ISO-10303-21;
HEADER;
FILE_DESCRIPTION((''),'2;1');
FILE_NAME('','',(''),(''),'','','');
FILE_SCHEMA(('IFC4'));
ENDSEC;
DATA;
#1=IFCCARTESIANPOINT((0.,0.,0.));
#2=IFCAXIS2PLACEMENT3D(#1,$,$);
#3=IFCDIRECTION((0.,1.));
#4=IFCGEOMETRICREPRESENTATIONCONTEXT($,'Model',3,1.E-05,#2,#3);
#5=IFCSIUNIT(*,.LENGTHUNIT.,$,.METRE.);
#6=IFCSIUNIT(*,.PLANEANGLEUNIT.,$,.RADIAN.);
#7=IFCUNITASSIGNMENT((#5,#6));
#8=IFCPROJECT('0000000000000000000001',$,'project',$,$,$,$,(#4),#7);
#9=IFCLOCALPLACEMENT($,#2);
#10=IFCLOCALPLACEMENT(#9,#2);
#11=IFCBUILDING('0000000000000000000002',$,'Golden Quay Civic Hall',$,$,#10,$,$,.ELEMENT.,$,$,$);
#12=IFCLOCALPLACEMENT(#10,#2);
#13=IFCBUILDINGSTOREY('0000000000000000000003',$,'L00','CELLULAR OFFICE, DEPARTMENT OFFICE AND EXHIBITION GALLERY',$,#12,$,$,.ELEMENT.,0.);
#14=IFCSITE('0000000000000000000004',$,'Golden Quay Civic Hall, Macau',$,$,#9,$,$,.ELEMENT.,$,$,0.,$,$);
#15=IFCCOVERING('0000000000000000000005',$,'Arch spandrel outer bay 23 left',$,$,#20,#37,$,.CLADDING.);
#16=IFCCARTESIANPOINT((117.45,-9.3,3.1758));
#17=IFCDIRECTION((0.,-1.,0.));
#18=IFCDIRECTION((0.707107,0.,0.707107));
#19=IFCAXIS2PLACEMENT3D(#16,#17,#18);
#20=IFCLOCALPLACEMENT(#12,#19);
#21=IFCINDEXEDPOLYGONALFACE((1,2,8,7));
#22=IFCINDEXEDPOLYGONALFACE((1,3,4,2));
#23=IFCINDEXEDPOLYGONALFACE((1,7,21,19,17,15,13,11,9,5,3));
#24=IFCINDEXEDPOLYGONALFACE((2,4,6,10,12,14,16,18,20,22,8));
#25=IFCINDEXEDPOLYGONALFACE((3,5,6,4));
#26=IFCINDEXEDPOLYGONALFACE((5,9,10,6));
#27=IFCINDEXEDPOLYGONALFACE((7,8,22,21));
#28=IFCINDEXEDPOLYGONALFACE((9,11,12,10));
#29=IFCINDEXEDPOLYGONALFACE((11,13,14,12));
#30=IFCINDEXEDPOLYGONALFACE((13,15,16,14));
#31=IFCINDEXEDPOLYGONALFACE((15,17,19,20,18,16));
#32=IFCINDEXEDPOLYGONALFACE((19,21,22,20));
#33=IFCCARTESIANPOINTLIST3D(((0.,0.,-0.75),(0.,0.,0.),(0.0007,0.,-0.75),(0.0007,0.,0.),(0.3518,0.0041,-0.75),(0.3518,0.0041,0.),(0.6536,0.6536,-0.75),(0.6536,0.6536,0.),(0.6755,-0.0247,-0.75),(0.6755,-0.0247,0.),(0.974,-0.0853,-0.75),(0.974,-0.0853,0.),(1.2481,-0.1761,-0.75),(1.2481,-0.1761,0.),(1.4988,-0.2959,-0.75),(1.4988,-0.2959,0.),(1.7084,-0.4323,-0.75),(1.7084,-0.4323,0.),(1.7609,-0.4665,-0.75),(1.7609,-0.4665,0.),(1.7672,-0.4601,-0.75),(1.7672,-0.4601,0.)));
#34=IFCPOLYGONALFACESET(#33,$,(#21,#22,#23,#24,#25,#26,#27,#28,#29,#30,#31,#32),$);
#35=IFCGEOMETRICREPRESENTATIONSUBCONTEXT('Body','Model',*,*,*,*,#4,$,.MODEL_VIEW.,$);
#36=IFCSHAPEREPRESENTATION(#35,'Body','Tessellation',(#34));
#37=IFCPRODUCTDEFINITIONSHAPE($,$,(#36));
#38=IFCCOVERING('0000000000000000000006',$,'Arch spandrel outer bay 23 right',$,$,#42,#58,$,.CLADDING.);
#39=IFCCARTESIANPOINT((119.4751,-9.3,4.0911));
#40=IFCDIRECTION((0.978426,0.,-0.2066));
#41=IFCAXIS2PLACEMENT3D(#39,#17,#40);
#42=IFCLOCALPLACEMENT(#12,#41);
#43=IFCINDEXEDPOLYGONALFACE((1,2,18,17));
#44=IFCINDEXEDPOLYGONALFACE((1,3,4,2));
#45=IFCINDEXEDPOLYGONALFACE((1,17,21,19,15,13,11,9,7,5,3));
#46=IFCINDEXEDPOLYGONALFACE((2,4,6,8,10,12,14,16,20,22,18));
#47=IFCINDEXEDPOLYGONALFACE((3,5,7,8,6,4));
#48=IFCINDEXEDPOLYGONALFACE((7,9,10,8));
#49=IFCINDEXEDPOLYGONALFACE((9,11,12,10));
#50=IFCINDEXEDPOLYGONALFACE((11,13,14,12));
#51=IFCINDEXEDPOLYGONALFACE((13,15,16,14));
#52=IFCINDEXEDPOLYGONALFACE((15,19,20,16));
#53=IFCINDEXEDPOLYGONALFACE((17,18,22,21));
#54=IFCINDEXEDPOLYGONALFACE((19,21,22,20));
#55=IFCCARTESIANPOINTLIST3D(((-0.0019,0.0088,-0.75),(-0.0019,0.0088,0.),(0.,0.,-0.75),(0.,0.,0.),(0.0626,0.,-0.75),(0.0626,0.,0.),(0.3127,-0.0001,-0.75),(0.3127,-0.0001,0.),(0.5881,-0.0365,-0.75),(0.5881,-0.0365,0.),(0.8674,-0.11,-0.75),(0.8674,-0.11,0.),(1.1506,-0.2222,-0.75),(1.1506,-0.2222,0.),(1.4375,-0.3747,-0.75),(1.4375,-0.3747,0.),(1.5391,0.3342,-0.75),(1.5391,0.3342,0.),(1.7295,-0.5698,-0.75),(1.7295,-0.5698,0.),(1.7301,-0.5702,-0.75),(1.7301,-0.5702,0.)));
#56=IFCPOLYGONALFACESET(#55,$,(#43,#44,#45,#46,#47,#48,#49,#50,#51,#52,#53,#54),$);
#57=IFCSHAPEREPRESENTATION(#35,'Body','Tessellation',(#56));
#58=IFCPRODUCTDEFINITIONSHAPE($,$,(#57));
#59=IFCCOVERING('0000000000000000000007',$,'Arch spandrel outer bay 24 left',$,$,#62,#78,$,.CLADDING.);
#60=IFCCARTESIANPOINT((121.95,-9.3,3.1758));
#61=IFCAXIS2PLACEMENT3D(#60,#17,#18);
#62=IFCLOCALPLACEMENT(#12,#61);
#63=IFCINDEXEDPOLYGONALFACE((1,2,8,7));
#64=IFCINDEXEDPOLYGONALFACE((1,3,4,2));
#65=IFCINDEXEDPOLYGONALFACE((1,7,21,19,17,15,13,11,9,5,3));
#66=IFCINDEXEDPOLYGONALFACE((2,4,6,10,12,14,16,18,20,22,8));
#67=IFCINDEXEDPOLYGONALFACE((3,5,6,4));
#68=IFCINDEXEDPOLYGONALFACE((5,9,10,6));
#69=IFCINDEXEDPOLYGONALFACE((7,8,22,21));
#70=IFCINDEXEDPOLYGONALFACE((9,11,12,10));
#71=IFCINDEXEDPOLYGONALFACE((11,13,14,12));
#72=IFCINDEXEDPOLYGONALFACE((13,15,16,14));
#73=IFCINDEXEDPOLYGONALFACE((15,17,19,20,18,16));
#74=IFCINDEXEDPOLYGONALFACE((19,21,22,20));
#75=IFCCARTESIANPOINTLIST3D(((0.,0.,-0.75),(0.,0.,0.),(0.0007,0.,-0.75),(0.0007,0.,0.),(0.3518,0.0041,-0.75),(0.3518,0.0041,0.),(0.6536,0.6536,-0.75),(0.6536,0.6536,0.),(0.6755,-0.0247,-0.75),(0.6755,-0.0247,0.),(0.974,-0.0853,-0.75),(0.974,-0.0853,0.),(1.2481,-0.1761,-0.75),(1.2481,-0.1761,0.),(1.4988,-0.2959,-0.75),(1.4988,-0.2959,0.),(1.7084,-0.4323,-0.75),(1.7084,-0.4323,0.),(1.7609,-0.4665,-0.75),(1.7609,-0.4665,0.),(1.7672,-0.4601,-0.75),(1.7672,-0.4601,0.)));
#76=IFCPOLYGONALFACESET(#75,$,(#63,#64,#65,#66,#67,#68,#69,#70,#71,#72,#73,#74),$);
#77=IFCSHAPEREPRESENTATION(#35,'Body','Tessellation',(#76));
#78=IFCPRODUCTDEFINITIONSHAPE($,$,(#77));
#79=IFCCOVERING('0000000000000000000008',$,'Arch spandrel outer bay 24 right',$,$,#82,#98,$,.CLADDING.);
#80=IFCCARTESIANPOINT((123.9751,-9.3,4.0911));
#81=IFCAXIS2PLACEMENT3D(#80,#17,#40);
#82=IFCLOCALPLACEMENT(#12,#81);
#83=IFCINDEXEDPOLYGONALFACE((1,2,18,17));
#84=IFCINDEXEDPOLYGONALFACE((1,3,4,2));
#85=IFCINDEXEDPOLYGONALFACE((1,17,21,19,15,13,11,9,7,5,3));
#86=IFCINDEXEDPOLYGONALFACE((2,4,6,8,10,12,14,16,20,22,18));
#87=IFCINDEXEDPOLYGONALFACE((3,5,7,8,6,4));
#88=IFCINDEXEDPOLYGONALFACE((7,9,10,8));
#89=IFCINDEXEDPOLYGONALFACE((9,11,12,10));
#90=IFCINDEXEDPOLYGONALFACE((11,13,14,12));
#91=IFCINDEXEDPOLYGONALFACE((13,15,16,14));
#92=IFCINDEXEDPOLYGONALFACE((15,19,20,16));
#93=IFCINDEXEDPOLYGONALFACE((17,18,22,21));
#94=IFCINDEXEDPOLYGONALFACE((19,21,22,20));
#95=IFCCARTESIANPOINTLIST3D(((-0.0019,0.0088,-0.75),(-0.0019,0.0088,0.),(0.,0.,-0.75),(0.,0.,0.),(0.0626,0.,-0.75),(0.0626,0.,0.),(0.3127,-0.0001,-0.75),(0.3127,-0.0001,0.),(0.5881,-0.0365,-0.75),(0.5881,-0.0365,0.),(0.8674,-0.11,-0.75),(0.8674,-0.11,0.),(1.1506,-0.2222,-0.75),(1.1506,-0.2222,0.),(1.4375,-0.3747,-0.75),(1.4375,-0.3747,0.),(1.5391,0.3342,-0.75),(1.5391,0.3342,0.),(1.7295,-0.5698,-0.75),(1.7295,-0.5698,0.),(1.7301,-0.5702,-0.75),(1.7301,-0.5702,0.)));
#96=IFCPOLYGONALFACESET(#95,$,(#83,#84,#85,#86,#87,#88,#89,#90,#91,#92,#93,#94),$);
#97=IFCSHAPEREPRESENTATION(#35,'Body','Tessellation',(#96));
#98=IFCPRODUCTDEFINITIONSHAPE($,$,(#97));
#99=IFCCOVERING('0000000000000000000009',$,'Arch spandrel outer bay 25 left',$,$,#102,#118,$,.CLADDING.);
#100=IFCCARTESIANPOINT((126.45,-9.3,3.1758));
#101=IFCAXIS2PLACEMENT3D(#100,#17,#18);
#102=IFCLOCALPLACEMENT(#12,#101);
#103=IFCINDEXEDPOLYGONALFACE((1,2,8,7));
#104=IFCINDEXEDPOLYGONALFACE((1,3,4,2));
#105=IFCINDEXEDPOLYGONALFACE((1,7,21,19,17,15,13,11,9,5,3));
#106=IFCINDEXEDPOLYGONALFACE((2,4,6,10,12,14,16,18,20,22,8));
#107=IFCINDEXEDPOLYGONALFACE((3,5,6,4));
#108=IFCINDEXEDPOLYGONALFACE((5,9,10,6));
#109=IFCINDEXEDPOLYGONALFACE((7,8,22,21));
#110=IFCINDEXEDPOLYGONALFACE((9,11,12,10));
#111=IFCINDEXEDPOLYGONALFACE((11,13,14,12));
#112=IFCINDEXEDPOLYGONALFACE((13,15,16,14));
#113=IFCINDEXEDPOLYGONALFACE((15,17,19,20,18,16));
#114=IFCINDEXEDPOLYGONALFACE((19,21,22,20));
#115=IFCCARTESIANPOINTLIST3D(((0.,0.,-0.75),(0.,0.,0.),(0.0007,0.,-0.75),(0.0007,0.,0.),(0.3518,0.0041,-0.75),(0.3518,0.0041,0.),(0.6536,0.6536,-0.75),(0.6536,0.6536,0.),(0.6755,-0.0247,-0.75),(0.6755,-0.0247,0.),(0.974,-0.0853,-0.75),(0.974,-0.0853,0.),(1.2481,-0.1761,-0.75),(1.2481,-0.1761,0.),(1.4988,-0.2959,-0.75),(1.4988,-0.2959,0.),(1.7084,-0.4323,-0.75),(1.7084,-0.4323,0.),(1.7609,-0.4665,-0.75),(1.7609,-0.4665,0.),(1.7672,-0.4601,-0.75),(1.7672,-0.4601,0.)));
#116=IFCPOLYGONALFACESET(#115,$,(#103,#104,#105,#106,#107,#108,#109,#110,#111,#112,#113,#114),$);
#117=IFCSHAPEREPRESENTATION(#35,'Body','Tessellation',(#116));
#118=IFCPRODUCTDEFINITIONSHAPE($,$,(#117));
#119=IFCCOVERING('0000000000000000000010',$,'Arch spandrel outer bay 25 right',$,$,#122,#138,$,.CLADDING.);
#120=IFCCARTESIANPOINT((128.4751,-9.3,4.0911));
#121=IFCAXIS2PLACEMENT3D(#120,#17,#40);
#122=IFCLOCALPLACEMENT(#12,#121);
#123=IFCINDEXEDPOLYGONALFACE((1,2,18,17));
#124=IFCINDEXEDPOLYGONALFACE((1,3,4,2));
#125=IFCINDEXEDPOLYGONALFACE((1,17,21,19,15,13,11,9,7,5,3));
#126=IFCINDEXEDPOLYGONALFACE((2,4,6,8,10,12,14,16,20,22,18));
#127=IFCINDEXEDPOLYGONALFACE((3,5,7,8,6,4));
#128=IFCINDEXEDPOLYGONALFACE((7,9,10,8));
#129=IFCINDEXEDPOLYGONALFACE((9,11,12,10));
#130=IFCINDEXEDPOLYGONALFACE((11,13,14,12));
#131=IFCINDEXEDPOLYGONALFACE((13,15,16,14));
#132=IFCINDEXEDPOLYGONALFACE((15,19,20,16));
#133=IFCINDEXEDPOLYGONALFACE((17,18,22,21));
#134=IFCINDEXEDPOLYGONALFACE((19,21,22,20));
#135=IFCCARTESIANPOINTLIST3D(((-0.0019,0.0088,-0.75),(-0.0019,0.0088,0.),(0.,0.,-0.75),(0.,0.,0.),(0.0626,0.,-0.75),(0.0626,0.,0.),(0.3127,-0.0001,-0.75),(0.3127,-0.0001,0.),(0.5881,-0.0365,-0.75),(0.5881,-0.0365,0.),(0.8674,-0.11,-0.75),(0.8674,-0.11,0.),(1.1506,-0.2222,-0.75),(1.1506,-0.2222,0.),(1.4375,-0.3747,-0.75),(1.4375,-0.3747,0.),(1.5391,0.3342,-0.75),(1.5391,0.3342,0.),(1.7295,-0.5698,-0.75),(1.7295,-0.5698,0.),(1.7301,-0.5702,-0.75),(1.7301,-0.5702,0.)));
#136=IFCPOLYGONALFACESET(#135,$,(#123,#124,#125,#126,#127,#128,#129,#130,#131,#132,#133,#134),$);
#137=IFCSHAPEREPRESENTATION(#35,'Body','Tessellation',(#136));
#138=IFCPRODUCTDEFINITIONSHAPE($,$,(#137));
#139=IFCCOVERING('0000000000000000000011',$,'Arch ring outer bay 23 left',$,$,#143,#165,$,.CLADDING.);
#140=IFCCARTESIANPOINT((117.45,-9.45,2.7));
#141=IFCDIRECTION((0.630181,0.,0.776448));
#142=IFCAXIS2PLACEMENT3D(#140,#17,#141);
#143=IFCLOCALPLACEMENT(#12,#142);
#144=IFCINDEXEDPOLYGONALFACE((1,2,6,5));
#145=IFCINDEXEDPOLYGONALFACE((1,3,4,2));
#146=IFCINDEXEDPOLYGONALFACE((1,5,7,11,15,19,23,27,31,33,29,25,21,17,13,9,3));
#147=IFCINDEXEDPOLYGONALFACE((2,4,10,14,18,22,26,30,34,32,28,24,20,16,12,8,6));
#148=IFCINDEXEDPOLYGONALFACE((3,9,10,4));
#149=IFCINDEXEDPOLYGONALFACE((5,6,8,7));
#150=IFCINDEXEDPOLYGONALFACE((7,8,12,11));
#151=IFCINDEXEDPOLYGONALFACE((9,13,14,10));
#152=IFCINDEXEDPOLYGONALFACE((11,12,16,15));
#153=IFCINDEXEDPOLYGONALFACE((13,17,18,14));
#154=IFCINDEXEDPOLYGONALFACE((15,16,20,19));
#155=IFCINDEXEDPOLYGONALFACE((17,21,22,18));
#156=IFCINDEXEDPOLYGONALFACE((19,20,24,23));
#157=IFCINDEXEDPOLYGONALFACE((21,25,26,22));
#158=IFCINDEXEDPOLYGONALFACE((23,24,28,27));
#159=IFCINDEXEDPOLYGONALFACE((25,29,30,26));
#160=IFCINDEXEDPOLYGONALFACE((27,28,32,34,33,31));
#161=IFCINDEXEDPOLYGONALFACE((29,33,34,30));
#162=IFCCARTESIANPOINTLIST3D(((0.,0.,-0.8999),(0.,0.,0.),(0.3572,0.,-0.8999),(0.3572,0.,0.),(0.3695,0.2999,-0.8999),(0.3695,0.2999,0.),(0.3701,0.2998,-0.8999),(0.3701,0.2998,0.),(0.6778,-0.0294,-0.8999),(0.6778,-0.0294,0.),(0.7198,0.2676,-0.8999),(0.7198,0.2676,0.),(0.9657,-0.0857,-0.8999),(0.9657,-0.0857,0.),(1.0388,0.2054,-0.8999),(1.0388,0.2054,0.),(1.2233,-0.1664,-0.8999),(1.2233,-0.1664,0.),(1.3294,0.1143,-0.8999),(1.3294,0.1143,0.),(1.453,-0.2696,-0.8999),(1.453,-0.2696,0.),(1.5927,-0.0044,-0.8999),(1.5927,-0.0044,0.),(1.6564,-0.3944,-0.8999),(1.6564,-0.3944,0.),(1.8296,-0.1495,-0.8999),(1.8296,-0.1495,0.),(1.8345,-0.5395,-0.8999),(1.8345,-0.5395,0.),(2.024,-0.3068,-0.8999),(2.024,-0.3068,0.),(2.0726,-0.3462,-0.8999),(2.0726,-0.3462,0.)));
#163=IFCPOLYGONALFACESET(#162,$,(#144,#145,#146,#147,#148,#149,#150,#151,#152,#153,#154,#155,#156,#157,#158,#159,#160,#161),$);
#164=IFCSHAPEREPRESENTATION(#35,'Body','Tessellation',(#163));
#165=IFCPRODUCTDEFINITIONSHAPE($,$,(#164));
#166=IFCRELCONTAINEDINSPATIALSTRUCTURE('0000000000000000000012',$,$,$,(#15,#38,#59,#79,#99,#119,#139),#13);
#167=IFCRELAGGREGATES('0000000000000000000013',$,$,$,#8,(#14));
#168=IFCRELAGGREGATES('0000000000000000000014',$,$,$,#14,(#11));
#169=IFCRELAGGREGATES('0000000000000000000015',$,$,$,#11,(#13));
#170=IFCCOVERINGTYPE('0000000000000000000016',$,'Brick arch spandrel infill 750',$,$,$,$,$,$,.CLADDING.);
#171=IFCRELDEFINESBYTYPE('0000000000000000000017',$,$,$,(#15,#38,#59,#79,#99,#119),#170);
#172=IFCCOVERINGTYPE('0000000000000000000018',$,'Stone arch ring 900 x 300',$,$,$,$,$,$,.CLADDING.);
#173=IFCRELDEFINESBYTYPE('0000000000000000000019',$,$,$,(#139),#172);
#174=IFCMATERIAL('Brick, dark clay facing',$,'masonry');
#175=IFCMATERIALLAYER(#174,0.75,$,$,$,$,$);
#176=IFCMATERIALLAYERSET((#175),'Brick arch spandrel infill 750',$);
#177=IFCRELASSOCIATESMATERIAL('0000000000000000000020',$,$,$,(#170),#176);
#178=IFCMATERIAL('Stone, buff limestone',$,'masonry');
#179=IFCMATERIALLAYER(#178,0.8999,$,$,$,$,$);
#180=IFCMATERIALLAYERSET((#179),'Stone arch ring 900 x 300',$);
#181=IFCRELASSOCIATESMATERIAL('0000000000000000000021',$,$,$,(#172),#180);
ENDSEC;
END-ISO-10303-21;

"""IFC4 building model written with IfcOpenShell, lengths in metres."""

from ifc_helpers import new_model, si_unit, direction, frame, origin, place, context, subcontext, project, spatial, polyline, outline, extrude, material, layer, layer_set, type_object, element, save


model = new_model("IFC4")

# Units and contexts
model_context = context("Model", 3, precision=1e-05, world=origin(), true_north=direction((0.0, 1.0)))
body_context = subcontext(model_context, "Body", "Model", "MODEL_VIEW")
ifc_project = project(units=[si_unit("LENGTHUNIT", "METRE"), si_unit("PLANEANGLEUNIT", "RADIAN")], contexts=[model_context])

# Site, building, storey
site_placement = place(None, origin())
site = spatial("IfcSite", under=ifc_project, at=site_placement, Name="Golden Quay Civic Hall, Macau", CompositionType="ELEMENT", RefElevation=0.0)
building_placement = place(site_placement, origin())
building = spatial("IfcBuilding", under=site, at=building_placement, Name="Golden Quay Civic Hall", CompositionType="ELEMENT")
storey_placement = place(building_placement, origin())
storey = spatial("IfcBuildingStorey", under=building, at=storey_placement, Name="L00", Description="CELLULAR OFFICE, DEPARTMENT OFFICE AND EXHIBITION GALLERY", CompositionType="ELEMENT", Elevation=0.0)

# Coverings
ifc_material_1 = material(Name="Brick, dark clay facing", Category="masonry")
ifc_layer_1 = layer(ifc_material_1, 0.75)
ifc_layer_set_1 = layer_set([ifc_layer_1], Name="Brick arch spandrel infill 750")
covering_type_1 = type_object("IfcCoveringType", Name="Brick arch spandrel infill 750", PredefinedType="CLADDING", material=ifc_layer_set_1)
covering_1_placement = place(storey_placement, frame((117.45, -9.3, 3.1758), z_axis=(0.0, -1.0, 0.0), x_axis=(0.707107, 0.0, 0.707107)))
element("IfcCovering", 1, at=covering_1_placement, inside=storey, type_object=covering_type_1, Name="Arch spandrel outer bay 23 left", PredefinedType="CLADDING", context=body_context, shape_type="SweptSolid", body=[
    extrude(outline(polyline([(0.0, 0.0), (0.0007, 0.0), (0.3518, 0.0041), (0.6755, -0.0247), (0.974, -0.0853), (1.2481, -0.1761), (1.4988, -0.2959), (1.7084, -0.4323), (1.7609, -0.4665), (1.7672, -0.4601), (0.6536, 0.6536), (0.0, 0.0)])), origin(), (0.0, 0.0, -1.0), 0.75),
])
covering_2_placement = place(storey_placement, frame((119.4751, -9.3, 4.0911), z_axis=(0.0, -1.0, 0.0), x_axis=(0.978426, 0.0, -0.2066)))
element("IfcCovering", 2, at=covering_2_placement, inside=storey, type_object=covering_type_1, Name="Arch spandrel outer bay 23 right", PredefinedType="CLADDING", context=body_context, shape_type="SweptSolid", body=[
    extrude(outline(polyline([(0.0, 0.0), (0.0626, 0.0), (0.3127, -0.0001), (0.5881, -0.0365), (0.8674, -0.11), (1.1506, -0.2222), (1.4375, -0.3747), (1.7295, -0.5698), (1.7301, -0.5702), (1.5391, 0.3342), (-0.0019, 0.0088), (0.0, 0.0)])), origin(), (0.0, 0.0, -1.0), 0.75),
])
covering_3_placement = place(storey_placement, frame((121.95, -9.3, 3.1758), z_axis=(0.0, -1.0, 0.0), x_axis=(0.707107, 0.0, 0.707107)))
element("IfcCovering", 3, at=covering_3_placement, inside=storey, type_object=covering_type_1, Name="Arch spandrel outer bay 24 left", PredefinedType="CLADDING", context=body_context, shape_type="SweptSolid", body=[
    extrude(outline(polyline([(0.0, 0.0), (0.0007, 0.0), (0.3518, 0.0041), (0.6755, -0.0247), (0.974, -0.0853), (1.2481, -0.1761), (1.4988, -0.2959), (1.7084, -0.4323), (1.7609, -0.4665), (1.7672, -0.4601), (0.6536, 0.6536), (0.0, 0.0)])), origin(), (0.0, 0.0, -1.0), 0.75),
])
covering_4_placement = place(storey_placement, frame((123.9751, -9.3, 4.0911), z_axis=(0.0, -1.0, 0.0), x_axis=(0.978426, 0.0, -0.2066)))
element("IfcCovering", 4, at=covering_4_placement, inside=storey, type_object=covering_type_1, Name="Arch spandrel outer bay 24 right", PredefinedType="CLADDING", context=body_context, shape_type="SweptSolid", body=[
    extrude(outline(polyline([(0.0, 0.0), (0.0626, 0.0), (0.3127, -0.0001), (0.5881, -0.0365), (0.8674, -0.11), (1.1506, -0.2222), (1.4375, -0.3747), (1.7295, -0.5698), (1.7301, -0.5702), (1.5391, 0.3342), (-0.0019, 0.0088), (0.0, 0.0)])), origin(), (0.0, 0.0, -1.0), 0.75),
])
covering_5_placement = place(storey_placement, frame((126.45, -9.3, 3.1758), z_axis=(0.0, -1.0, 0.0), x_axis=(0.707107, 0.0, 0.707107)))
element("IfcCovering", 5, at=covering_5_placement, inside=storey, type_object=covering_type_1, Name="Arch spandrel outer bay 25 left", PredefinedType="CLADDING", context=body_context, shape_type="SweptSolid", body=[
    extrude(outline(polyline([(0.0, 0.0), (0.0007, 0.0), (0.3518, 0.0041), (0.6755, -0.0247), (0.974, -0.0853), (1.2481, -0.1761), (1.4988, -0.2959), (1.7084, -0.4323), (1.7609, -0.4665), (1.7672, -0.4601), (0.6536, 0.6536), (0.0, 0.0)])), origin(), (0.0, 0.0, -1.0), 0.75),
])
covering_6_placement = place(storey_placement, frame((128.4751, -9.3, 4.0911), z_axis=(0.0, -1.0, 0.0), x_axis=(0.978426, 0.0, -0.2066)))
element("IfcCovering", 6, at=covering_6_placement, inside=storey, type_object=covering_type_1, Name="Arch spandrel outer bay 25 right", PredefinedType="CLADDING", context=body_context, shape_type="SweptSolid", body=[
    extrude(outline(polyline([(0.0, 0.0), (0.0626, 0.0), (0.3127, -0.0001), (0.5881, -0.0365), (0.8674, -0.11), (1.1506, -0.2222), (1.4375, -0.3747), (1.7295, -0.5698), (1.7301, -0.5702), (1.5391, 0.3342), (-0.0019, 0.0088), (0.0, 0.0)])), origin(), (0.0, 0.0, -1.0), 0.75),
])
ifc_material_2 = material(Name="Stone, buff limestone", Category="masonry")
ifc_layer_2 = layer(ifc_material_2, 0.8999)
ifc_layer_set_2 = layer_set([ifc_layer_2], Name="Stone arch ring 900 x 300")
covering_type_2 = type_object("IfcCoveringType", Name="Stone arch ring 900 x 300", PredefinedType="CLADDING", material=ifc_layer_set_2)
covering_7_placement = place(storey_placement, frame((117.45, -9.45, 2.7), z_axis=(0.0, -1.0, 0.0), x_axis=(0.630181, 0.0, 0.776448)))
element("IfcCovering", 7, at=covering_7_placement, inside=storey, type_object=covering_type_2, Name="Arch ring outer bay 23 left", PredefinedType="CLADDING", context=body_context, shape_type="SweptSolid", body=[
    extrude(outline(polyline([(0.0, 0.0), (0.3572, 0.0), (0.6778, -0.0294), (0.9657, -0.0857), (1.2233, -0.1664), (1.453, -0.2696), (1.6564, -0.3944), (1.8345, -0.5395), (2.0726, -0.3462), (2.024, -0.3068), (1.8296, -0.1495), (1.5927, -0.0044), (1.3294, 0.1143), (1.0388, 0.2054), (0.7198, 0.2676), (0.3701, 0.2998), (0.3695, 0.2999), (0.0, 0.0)])), origin(), (0.0, 0.0, -1.0), 0.8999),
])

save(model, "model.ifc")
